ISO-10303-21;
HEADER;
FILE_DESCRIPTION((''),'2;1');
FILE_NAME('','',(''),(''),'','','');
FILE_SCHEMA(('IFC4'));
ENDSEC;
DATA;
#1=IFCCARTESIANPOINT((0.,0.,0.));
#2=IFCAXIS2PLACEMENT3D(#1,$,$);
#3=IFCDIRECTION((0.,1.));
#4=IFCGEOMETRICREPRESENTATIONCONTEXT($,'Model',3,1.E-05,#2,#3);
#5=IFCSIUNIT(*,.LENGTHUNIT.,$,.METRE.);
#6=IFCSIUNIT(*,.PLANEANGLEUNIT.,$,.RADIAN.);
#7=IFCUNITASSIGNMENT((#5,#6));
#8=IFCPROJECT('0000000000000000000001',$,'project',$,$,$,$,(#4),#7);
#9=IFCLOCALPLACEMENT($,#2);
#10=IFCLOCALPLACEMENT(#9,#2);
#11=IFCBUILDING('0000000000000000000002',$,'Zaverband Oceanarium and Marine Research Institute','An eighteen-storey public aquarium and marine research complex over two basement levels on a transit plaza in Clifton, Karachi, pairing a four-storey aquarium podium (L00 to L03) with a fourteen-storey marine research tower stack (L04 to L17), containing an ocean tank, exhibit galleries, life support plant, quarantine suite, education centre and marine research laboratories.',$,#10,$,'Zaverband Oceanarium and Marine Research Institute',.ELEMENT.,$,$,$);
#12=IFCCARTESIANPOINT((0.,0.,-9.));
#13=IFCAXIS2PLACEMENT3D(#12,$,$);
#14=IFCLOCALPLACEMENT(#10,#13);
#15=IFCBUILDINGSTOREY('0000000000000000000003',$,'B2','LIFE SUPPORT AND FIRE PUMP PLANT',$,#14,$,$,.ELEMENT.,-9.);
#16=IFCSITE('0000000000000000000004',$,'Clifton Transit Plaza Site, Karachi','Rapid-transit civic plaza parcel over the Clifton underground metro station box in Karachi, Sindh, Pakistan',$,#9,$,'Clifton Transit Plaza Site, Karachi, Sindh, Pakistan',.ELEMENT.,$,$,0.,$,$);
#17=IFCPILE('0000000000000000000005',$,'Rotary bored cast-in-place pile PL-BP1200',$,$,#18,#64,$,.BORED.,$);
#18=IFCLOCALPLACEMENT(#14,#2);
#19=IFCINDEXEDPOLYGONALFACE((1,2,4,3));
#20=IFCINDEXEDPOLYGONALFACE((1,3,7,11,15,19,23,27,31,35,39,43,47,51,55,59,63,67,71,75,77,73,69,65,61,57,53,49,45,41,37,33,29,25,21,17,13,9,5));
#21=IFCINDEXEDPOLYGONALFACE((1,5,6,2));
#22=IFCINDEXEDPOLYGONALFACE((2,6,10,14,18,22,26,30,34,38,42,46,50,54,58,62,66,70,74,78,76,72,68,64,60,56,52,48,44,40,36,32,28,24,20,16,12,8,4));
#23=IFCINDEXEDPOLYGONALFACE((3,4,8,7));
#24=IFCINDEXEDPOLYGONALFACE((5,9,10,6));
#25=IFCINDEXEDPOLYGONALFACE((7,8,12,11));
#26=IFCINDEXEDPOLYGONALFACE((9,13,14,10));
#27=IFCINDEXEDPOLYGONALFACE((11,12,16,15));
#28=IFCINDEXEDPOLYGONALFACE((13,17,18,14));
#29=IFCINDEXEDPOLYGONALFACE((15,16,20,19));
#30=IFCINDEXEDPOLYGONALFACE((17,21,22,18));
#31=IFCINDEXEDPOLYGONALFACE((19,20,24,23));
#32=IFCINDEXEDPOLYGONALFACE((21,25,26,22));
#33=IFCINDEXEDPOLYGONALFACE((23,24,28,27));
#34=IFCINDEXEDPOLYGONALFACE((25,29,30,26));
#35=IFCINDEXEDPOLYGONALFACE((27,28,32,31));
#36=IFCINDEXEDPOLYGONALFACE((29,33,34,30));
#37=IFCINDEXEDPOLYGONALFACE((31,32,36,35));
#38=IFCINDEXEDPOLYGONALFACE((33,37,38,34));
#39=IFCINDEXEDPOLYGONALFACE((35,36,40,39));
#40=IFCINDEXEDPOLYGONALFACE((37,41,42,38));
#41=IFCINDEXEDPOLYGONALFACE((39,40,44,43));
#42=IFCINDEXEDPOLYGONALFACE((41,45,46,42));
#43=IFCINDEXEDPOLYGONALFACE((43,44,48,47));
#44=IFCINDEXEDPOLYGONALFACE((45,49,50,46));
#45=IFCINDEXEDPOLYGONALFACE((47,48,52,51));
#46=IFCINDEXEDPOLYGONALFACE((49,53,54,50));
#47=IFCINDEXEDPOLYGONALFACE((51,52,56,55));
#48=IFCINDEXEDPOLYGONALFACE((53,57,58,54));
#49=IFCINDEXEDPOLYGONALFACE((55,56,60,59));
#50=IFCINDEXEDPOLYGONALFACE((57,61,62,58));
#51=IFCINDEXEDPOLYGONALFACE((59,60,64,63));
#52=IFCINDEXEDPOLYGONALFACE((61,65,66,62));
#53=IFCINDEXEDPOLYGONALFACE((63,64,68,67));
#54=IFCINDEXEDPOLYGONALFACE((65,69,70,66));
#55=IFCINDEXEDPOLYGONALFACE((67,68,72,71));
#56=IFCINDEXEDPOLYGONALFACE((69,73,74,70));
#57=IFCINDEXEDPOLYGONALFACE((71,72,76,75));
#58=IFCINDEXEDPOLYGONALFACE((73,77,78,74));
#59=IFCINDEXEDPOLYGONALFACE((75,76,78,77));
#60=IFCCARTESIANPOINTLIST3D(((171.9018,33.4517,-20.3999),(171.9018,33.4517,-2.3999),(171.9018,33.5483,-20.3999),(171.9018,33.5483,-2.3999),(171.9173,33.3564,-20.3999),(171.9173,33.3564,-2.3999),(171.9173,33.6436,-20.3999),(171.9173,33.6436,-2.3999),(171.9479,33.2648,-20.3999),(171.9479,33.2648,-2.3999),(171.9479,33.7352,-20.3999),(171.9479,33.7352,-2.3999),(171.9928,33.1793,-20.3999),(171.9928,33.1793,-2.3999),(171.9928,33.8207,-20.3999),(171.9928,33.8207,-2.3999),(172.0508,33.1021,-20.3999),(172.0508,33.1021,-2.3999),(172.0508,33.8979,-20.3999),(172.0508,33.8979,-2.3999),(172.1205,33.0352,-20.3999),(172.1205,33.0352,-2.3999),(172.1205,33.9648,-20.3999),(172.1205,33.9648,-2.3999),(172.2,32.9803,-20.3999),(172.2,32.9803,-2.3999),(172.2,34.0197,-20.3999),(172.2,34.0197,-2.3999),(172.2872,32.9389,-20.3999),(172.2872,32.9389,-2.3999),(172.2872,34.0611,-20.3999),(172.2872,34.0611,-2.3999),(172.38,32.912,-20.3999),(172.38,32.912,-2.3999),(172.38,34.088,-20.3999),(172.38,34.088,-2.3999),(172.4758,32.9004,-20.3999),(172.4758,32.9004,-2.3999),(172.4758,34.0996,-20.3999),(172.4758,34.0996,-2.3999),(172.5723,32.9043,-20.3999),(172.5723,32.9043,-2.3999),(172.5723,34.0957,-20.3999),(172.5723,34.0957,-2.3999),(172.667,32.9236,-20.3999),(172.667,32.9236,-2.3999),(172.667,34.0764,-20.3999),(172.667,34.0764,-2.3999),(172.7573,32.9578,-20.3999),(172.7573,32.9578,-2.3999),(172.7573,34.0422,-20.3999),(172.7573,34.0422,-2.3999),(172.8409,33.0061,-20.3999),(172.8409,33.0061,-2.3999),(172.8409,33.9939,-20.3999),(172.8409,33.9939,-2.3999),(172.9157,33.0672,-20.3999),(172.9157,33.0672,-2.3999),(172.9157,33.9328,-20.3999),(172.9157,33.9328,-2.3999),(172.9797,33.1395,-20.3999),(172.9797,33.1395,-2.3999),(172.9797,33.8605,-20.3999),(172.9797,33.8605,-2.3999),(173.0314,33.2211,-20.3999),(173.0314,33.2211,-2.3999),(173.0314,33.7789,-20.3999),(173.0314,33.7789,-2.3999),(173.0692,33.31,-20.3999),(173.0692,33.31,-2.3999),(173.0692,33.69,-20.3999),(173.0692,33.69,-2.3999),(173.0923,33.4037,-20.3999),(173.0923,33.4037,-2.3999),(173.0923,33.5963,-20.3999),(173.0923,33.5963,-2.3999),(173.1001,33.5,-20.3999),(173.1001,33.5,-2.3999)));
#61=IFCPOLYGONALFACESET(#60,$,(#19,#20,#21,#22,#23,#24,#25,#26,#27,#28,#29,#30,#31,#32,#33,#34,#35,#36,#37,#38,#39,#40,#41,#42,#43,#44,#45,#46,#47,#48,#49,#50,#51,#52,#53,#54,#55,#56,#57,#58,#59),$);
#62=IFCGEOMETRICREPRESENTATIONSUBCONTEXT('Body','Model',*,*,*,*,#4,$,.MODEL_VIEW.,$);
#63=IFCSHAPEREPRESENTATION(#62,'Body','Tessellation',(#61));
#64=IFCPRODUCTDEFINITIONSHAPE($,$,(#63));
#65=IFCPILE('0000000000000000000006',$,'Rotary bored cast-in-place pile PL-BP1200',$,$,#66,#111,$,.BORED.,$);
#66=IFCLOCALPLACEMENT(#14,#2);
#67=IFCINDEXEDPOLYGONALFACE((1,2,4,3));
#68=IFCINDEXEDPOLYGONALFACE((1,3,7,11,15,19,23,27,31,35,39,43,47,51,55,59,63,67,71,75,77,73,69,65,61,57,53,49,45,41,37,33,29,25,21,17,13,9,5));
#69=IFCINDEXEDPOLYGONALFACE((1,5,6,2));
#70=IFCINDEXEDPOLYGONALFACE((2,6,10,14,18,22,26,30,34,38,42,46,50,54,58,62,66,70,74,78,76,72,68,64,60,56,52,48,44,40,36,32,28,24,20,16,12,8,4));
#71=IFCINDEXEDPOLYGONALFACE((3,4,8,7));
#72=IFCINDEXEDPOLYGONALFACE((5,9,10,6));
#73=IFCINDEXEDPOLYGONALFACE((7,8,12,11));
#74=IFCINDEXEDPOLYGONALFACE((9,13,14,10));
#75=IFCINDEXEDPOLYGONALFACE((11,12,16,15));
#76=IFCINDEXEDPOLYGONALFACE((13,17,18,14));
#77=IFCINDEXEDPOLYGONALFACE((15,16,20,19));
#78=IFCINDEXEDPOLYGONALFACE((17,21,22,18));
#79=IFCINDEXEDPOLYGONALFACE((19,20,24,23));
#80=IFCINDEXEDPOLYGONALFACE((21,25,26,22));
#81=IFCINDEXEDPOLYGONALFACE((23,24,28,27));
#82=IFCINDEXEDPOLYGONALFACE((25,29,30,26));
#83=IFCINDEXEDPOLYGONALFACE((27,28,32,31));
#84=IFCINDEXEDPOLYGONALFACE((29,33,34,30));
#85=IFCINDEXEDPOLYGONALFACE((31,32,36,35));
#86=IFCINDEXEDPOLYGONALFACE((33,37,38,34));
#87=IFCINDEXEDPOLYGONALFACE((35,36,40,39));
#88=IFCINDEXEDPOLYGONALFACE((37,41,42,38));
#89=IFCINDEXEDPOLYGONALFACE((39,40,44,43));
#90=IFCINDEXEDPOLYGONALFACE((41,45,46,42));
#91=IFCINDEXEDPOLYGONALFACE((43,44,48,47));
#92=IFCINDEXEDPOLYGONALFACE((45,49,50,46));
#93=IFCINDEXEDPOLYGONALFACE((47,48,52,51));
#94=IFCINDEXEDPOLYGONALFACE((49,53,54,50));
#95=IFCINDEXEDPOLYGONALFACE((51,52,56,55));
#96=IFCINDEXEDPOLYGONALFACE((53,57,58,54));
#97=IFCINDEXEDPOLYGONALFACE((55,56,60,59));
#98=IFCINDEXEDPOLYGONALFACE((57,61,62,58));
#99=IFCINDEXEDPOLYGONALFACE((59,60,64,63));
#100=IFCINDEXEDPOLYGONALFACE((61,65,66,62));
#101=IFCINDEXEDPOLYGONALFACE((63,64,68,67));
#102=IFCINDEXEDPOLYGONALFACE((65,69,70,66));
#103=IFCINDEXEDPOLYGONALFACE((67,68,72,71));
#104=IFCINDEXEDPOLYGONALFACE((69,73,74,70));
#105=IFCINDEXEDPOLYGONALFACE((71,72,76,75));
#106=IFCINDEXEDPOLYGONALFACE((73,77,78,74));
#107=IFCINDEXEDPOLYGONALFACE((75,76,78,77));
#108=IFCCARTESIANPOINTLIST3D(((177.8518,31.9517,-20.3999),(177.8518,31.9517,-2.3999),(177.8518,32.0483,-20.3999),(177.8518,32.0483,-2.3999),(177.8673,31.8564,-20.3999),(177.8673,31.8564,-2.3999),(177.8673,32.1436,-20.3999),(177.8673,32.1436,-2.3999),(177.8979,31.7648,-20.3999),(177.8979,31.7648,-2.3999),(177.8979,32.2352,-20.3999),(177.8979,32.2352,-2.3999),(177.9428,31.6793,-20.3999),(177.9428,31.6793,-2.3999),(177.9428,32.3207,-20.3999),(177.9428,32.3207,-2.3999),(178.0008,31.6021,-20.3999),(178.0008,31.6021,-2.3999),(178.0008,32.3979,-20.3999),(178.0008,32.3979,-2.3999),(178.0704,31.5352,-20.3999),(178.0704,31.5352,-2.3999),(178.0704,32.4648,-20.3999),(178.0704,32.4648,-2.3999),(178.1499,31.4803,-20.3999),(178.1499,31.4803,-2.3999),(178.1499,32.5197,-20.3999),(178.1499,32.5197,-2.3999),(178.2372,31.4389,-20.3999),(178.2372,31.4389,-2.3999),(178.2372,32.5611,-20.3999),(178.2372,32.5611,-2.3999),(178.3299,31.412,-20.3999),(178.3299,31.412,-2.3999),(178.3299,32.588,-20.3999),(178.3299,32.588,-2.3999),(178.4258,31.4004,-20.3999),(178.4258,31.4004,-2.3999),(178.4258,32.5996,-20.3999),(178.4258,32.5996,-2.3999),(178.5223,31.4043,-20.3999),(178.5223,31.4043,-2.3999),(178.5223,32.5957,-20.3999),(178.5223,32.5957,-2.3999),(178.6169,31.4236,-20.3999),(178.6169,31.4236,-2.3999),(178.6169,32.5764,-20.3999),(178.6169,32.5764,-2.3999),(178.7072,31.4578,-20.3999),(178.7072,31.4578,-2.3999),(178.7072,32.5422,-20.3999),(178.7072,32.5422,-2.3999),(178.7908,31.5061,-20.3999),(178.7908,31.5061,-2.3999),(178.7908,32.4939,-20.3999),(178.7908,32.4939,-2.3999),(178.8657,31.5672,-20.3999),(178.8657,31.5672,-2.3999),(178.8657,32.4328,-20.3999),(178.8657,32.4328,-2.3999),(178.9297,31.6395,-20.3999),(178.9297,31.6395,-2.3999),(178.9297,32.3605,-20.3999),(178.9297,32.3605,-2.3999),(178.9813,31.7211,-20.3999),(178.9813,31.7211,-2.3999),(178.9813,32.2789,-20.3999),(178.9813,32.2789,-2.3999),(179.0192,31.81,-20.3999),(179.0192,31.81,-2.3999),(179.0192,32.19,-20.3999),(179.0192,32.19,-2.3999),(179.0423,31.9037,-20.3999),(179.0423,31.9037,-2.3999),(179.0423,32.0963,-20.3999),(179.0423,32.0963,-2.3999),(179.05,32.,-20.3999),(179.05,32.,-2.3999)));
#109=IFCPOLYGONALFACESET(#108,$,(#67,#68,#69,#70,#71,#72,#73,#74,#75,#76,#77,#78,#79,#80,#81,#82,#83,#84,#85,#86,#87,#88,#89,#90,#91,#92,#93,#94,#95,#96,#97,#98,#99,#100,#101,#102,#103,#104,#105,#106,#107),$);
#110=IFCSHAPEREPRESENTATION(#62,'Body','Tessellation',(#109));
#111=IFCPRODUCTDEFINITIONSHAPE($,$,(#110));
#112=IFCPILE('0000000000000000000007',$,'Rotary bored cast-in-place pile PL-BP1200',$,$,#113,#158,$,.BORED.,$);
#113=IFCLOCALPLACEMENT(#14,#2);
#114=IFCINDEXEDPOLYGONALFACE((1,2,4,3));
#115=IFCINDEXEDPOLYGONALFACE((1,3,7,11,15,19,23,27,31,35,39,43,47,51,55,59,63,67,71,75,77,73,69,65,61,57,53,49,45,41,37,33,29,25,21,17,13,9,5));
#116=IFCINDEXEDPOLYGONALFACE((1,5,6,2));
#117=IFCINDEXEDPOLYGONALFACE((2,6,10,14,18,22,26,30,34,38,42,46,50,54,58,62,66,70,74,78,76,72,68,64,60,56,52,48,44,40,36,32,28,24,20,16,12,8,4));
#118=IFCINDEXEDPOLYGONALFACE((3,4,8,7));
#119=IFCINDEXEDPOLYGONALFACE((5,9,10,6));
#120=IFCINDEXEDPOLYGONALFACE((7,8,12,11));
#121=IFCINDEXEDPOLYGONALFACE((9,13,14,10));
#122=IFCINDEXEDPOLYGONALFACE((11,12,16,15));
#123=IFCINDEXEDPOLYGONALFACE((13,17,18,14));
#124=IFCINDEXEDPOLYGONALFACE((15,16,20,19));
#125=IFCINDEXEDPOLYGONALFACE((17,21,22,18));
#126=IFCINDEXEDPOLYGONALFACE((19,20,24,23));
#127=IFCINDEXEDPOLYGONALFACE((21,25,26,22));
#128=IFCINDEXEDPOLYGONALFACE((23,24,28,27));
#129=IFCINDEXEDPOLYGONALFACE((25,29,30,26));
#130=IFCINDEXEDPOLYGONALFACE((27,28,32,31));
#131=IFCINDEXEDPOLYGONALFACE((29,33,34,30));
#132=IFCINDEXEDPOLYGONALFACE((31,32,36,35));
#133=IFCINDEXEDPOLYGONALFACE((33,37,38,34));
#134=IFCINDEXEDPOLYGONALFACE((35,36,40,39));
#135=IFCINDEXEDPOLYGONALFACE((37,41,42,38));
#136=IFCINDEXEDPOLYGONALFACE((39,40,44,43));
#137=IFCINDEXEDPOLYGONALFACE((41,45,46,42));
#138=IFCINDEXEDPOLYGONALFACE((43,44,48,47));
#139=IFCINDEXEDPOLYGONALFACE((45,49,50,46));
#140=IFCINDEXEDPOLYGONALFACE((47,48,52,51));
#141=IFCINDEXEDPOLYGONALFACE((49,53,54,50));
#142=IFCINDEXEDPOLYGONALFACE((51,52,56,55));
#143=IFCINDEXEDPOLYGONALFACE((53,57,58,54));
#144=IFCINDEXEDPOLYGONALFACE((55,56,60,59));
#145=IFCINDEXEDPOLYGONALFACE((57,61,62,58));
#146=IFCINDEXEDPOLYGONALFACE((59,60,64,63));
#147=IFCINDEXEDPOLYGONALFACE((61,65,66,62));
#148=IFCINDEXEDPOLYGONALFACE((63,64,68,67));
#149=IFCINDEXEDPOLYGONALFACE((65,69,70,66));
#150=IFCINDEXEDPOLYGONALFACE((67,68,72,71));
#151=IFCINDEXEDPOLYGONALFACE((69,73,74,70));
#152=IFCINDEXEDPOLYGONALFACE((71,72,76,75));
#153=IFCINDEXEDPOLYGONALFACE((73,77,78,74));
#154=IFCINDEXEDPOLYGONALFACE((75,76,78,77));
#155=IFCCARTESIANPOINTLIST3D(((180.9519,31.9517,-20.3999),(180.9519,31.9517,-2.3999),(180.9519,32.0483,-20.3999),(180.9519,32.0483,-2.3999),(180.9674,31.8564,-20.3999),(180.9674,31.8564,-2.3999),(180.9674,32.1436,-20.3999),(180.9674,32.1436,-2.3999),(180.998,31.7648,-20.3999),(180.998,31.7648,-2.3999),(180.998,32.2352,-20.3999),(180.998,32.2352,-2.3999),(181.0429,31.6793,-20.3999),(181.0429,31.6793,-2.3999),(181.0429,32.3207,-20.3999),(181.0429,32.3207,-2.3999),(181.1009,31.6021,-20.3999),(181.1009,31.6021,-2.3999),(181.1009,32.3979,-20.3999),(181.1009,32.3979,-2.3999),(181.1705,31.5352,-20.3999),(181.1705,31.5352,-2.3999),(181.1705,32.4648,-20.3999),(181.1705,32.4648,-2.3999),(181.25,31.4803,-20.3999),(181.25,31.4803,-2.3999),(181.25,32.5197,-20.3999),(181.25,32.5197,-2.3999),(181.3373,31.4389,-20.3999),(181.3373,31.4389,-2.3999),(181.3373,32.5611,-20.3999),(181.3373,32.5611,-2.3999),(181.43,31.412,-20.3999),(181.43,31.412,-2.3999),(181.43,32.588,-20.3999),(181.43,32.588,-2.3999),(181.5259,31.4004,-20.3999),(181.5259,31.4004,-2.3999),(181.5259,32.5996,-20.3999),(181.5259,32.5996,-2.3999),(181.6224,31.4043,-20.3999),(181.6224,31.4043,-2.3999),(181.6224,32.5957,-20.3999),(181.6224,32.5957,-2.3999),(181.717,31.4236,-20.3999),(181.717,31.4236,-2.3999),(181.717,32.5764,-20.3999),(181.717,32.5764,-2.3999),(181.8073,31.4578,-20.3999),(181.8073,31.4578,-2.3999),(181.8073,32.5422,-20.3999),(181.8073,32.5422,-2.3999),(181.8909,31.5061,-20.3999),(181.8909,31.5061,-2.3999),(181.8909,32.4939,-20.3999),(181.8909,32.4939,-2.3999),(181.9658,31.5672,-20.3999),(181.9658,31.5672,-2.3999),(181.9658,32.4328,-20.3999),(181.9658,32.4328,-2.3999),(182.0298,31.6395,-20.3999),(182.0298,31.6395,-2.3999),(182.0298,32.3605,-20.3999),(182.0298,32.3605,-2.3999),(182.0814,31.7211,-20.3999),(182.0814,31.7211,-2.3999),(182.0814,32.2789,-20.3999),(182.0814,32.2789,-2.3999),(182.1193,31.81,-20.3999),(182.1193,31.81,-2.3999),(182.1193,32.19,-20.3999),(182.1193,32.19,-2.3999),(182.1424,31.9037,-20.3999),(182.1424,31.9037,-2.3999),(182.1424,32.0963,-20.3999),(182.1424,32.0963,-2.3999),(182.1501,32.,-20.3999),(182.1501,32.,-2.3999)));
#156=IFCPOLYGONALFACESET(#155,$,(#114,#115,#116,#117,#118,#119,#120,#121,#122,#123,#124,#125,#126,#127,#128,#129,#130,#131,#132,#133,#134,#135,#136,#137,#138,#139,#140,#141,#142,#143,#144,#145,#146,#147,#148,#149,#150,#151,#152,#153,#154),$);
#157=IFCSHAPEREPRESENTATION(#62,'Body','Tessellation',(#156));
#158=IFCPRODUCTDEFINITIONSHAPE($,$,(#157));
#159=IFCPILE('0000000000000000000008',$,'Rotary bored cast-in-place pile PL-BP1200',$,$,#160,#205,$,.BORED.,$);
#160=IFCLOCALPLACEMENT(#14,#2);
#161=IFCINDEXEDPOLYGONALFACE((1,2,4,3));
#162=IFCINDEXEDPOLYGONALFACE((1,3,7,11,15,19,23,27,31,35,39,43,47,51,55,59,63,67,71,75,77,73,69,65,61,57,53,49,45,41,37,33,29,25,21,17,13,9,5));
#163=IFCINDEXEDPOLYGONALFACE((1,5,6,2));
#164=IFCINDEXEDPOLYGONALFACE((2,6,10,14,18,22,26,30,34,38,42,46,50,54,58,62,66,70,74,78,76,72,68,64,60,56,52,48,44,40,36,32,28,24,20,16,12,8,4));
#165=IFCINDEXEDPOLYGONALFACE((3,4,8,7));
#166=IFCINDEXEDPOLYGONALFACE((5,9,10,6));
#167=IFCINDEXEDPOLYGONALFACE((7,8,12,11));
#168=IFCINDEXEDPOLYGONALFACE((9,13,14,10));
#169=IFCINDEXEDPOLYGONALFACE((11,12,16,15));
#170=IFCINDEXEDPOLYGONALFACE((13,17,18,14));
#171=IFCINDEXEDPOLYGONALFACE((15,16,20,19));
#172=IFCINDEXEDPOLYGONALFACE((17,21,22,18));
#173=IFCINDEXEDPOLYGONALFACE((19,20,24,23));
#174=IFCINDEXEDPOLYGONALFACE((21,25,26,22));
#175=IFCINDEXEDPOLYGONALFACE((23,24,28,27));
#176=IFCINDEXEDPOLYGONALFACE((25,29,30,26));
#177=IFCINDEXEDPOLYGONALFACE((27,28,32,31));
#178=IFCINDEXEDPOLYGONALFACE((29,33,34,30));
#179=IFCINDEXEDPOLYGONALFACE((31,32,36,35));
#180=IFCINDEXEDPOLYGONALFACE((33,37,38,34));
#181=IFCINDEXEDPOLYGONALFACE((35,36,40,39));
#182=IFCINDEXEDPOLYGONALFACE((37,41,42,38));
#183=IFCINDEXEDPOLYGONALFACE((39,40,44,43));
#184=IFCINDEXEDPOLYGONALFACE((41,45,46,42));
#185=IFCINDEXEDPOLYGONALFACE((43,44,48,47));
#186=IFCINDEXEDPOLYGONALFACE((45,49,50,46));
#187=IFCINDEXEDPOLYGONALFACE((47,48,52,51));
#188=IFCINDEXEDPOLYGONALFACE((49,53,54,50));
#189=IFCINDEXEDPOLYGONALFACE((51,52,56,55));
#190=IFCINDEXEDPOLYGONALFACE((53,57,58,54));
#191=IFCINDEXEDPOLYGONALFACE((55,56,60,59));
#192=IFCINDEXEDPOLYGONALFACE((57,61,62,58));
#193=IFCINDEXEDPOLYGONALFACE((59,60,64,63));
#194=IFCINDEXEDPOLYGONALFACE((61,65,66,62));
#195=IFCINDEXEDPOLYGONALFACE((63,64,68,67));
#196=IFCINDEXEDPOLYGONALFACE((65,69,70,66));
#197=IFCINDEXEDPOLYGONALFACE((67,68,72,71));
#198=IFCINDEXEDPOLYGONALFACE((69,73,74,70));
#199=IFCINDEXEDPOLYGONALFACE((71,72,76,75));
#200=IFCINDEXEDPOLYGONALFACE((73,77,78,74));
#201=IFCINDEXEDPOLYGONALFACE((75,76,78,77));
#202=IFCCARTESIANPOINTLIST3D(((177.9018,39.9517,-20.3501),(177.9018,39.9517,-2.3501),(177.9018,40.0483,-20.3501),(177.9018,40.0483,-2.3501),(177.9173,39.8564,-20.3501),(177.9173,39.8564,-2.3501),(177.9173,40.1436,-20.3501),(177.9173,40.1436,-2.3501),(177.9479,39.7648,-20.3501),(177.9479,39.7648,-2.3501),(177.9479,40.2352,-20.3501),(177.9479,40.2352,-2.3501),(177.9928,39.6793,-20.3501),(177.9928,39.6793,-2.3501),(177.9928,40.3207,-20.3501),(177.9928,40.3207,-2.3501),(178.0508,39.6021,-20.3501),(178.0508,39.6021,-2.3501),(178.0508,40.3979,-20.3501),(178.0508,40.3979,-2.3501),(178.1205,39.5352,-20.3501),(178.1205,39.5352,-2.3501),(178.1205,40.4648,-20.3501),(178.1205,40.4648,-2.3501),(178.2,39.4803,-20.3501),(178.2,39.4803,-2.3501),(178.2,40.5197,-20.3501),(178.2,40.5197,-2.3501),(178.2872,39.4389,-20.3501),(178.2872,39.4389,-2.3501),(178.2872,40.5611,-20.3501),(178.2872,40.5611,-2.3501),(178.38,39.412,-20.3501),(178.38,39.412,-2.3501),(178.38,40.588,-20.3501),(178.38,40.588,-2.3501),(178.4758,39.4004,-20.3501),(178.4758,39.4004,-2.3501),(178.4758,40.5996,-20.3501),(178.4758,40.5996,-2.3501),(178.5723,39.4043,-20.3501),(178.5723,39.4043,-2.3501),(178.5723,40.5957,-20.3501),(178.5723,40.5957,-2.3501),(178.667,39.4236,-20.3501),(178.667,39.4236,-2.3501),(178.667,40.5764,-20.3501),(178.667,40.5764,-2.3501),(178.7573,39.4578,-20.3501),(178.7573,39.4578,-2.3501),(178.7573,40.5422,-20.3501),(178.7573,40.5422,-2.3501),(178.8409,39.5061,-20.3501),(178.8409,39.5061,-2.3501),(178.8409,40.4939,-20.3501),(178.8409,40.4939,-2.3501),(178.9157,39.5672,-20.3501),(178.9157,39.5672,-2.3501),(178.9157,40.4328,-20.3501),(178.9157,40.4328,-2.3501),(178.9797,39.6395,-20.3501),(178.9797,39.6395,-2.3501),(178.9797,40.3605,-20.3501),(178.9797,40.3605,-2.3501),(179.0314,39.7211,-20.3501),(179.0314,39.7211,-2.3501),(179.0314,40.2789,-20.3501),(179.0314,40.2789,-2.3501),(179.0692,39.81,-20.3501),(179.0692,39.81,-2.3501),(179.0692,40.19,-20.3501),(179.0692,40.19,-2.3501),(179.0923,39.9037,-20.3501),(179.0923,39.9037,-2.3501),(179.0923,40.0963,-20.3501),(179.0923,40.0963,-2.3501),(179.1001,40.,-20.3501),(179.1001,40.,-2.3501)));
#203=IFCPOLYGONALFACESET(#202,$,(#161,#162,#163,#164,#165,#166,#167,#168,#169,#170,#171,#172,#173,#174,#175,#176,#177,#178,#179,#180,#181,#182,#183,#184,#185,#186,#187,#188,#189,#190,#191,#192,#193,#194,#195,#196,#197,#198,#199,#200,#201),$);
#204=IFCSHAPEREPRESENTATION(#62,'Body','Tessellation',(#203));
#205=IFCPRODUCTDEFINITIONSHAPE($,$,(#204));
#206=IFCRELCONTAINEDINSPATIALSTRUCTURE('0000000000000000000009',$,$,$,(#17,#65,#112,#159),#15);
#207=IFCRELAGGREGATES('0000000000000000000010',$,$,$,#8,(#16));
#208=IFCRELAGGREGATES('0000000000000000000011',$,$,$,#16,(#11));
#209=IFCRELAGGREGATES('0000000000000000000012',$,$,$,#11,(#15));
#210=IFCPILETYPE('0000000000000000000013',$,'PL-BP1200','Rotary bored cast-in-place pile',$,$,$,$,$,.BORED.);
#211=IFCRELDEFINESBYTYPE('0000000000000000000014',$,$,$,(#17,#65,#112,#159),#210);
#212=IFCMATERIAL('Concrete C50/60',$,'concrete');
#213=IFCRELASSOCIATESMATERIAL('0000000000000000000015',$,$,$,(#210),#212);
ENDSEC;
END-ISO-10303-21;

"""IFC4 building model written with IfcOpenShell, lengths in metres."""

from ifc_helpers import new_model, si_unit, direction, frame, origin, origin_2d, place, context, subcontext, project, spatial, circle, extrude, material, material_profile, profile_set, type_object, element, save


model = new_model("IFC4")

# Units and contexts
model_context = context("Model", 3, precision=1e-05, world=origin(), true_north=direction((0.0, 1.0)))
body_context = subcontext(model_context, "Body", "Model", "MODEL_VIEW")
ifc_project = project(units=[si_unit("LENGTHUNIT", "METRE"), si_unit("PLANEANGLEUNIT", "RADIAN")], contexts=[model_context])

# Site, building, storey
site_placement = place(None, origin())
site = spatial("IfcSite", under=ifc_project, at=site_placement, Name="Clifton Transit Plaza Site, Karachi", Description="Rapid-transit civic plaza parcel over the Clifton underground metro station box in Karachi, Sindh, Pakistan", LongName="Clifton Transit Plaza Site, Karachi, Sindh, Pakistan", CompositionType="ELEMENT", RefElevation=0.0)
building_placement = place(site_placement, origin())
building = spatial("IfcBuilding", under=site, at=building_placement, Name="Zaverband Oceanarium and Marine Research Institute", Description="An eighteen-storey public aquarium and marine research complex over two basement levels on a transit plaza in Clifton, Karachi, pairing a four-storey aquarium podium (L00 to L03) with a fourteen-storey marine research tower stack (L04 to L17), containing an ocean tank, exhibit galleries, life support plant, quarantine suite, education centre and marine research laboratories.", LongName="Zaverband Oceanarium and Marine Research Institute", CompositionType="ELEMENT")
storey_placement = place(building_placement, frame((0.0, 0.0, -9.0)))
storey = spatial("IfcBuildingStorey", under=building, at=storey_placement, Name="B2", Description="LIFE SUPPORT AND FIRE PUMP PLANT", CompositionType="ELEMENT", Elevation=-9.0)

# Shared definitions
ifc_material_1 = material(Name="Concrete C50/60", Category="concrete")

# Piles
ifc_material_profile_1 = material_profile(ifc_material_1, circle(Radius=0.6001, at=origin_2d()), Name="BP1200")
ifc_profile_set_1 = profile_set([ifc_material_profile_1], Name="Concrete C50/60")
pile_type_1 = type_object("IfcPileType", Name="PL-BP1200", Description="Rotary bored cast-in-place pile", PredefinedType="BORED", material=ifc_profile_set_1)
for number, where, z_axis, x_axis, name in (
    (1, (172.5, 33.5, -2.3999), (0.0, 0.0, -1.0), (1.0, 0.0, 0.0), "Rotary bored cast-in-place pile PL-BP1200"),
    (2, (178.45, 32.0, -2.3999), (0.0, 0.0, -1.0), (1.0, 0.0, 0.0), "Rotary bored cast-in-place pile PL-BP1200"),
    (3, (181.55, 32.0, -2.3999), (0.0, 0.0, -1.0), (1.0, 0.0, 0.0), "Rotary bored cast-in-place pile PL-BP1200"),
    (4, (178.5, 40.0, -2.3501), (0.0, 0.0, -1.0), (1.0, 0.0, 0.0), "Rotary bored cast-in-place pile PL-BP1200"),
):
    element("IfcPile", number, at=place(storey_placement, frame(where, z_axis=z_axis, x_axis=x_axis)), inside=storey, type_object=pile_type_1, Name=name, PredefinedType="BORED", context=body_context, shape_type="SweptSolid", body=[
        extrude(circle(Radius=0.6001, at=origin_2d()), origin(), (0.0, 0.0, 1.0), 18.0),
    ])

save(model, "model.ifc")
